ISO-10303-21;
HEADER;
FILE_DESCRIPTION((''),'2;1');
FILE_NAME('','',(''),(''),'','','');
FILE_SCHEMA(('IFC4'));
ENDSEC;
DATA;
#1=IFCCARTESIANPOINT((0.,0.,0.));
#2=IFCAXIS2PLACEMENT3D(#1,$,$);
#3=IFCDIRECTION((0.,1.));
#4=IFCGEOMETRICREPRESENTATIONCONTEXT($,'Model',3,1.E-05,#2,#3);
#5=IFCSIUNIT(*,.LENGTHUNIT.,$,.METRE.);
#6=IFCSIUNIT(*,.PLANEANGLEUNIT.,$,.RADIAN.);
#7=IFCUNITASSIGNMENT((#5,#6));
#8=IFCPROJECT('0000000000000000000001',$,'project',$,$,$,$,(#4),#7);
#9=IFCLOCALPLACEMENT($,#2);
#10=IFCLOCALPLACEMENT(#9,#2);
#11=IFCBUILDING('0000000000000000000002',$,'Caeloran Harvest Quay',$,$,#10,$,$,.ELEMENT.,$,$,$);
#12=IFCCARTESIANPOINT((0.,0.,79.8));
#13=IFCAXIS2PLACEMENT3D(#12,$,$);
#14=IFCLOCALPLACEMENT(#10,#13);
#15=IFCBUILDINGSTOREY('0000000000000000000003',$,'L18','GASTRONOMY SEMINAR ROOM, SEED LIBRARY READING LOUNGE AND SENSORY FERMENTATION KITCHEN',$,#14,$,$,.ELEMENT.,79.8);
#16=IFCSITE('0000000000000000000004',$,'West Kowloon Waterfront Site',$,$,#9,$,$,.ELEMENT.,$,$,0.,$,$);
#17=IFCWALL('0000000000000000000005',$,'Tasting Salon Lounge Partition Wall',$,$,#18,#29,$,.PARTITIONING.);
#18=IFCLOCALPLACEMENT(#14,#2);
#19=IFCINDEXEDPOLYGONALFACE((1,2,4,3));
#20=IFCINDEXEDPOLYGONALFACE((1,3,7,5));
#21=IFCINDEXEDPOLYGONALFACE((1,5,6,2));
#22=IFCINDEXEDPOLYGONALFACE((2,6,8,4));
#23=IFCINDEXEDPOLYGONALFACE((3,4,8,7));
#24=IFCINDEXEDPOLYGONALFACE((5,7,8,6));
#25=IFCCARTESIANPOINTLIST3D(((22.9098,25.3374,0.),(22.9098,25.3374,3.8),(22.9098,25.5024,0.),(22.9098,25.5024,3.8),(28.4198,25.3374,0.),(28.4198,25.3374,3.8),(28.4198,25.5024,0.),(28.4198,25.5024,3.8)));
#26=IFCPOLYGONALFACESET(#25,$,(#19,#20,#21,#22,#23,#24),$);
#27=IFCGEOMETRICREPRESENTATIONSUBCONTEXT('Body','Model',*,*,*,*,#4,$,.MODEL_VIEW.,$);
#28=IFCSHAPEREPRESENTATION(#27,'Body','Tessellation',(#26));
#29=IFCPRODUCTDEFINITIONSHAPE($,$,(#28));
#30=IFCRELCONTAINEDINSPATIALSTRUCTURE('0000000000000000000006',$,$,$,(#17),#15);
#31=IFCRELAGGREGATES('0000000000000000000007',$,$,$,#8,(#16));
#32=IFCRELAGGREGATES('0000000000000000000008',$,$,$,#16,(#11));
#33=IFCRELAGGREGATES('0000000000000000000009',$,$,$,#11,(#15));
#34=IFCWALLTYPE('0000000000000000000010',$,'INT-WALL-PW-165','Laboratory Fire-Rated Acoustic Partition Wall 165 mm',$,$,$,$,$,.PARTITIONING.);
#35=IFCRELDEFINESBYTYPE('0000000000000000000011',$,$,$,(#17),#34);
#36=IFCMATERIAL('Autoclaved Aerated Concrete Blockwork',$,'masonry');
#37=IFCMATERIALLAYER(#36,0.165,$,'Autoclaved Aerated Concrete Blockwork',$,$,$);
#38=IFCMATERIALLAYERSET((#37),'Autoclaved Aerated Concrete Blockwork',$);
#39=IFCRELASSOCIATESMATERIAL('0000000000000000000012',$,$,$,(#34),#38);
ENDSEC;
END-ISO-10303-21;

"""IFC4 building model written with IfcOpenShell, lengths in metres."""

from ifc_helpers import new_model, si_unit, direction, frame, frame_2d, origin, place, context, subcontext, project, spatial, rectangle, extrude, material, layer, layer_set, type_object, element, save


model = new_model("IFC4")

# Units and contexts
model_context = context("Model", 3, precision=1e-05, world=origin(), true_north=direction((0.0, 1.0)))
body_context = subcontext(model_context, "Body", "Model", "MODEL_VIEW")
ifc_project = project(units=[si_unit("LENGTHUNIT", "METRE"), si_unit("PLANEANGLEUNIT", "RADIAN")], contexts=[model_context])

# Site, building, storey
site_placement = place(None, origin())
site = spatial("IfcSite", under=ifc_project, at=site_placement, Name="West Kowloon Waterfront Site", CompositionType="ELEMENT", RefElevation=0.0)
building_placement = place(site_placement, origin())
building = spatial("IfcBuilding", under=site, at=building_placement, Name="Caeloran Harvest Quay", CompositionType="ELEMENT")
storey_placement = place(building_placement, frame((0.0, 0.0, 79.8)))
storey = spatial("IfcBuildingStorey", under=building, at=storey_placement, Name="L18", Description="GASTRONOMY SEMINAR ROOM, SEED LIBRARY READING LOUNGE AND SENSORY FERMENTATION KITCHEN", CompositionType="ELEMENT", Elevation=79.8)

# Wall
ifc_material_1 = material(Name="Autoclaved Aerated Concrete Blockwork", Category="masonry")
ifc_layer = layer(ifc_material_1, 0.165, Name="Autoclaved Aerated Concrete Blockwork")
ifc_layer_set = layer_set([ifc_layer], Name="Autoclaved Aerated Concrete Blockwork")
wall_type = type_object("IfcWallType", Name="INT-WALL-PW-165", Description="Laboratory Fire-Rated Acoustic Partition Wall 165 mm", PredefinedType="PARTITIONING", material=ifc_layer_set)
wall_placement = place(storey_placement, frame((22.9099, 25.4199, 0.0), z_axis=(0.0, 0.0, 1.0), x_axis=(1.0, 0.0, 0.0)))
element("IfcWall", 1, at=wall_placement, inside=storey, type_object=wall_type, Name="Tasting Salon Lounge Partition Wall", PredefinedType="PARTITIONING", context=body_context, shape_type="SweptSolid", body=[
    extrude(rectangle(XDim=5.51, YDim=0.165, at=frame_2d((2.7549, 0.0))), origin(), (0.0, 0.0, 1.0), 3.8),
])

save(model, "model.ifc")
